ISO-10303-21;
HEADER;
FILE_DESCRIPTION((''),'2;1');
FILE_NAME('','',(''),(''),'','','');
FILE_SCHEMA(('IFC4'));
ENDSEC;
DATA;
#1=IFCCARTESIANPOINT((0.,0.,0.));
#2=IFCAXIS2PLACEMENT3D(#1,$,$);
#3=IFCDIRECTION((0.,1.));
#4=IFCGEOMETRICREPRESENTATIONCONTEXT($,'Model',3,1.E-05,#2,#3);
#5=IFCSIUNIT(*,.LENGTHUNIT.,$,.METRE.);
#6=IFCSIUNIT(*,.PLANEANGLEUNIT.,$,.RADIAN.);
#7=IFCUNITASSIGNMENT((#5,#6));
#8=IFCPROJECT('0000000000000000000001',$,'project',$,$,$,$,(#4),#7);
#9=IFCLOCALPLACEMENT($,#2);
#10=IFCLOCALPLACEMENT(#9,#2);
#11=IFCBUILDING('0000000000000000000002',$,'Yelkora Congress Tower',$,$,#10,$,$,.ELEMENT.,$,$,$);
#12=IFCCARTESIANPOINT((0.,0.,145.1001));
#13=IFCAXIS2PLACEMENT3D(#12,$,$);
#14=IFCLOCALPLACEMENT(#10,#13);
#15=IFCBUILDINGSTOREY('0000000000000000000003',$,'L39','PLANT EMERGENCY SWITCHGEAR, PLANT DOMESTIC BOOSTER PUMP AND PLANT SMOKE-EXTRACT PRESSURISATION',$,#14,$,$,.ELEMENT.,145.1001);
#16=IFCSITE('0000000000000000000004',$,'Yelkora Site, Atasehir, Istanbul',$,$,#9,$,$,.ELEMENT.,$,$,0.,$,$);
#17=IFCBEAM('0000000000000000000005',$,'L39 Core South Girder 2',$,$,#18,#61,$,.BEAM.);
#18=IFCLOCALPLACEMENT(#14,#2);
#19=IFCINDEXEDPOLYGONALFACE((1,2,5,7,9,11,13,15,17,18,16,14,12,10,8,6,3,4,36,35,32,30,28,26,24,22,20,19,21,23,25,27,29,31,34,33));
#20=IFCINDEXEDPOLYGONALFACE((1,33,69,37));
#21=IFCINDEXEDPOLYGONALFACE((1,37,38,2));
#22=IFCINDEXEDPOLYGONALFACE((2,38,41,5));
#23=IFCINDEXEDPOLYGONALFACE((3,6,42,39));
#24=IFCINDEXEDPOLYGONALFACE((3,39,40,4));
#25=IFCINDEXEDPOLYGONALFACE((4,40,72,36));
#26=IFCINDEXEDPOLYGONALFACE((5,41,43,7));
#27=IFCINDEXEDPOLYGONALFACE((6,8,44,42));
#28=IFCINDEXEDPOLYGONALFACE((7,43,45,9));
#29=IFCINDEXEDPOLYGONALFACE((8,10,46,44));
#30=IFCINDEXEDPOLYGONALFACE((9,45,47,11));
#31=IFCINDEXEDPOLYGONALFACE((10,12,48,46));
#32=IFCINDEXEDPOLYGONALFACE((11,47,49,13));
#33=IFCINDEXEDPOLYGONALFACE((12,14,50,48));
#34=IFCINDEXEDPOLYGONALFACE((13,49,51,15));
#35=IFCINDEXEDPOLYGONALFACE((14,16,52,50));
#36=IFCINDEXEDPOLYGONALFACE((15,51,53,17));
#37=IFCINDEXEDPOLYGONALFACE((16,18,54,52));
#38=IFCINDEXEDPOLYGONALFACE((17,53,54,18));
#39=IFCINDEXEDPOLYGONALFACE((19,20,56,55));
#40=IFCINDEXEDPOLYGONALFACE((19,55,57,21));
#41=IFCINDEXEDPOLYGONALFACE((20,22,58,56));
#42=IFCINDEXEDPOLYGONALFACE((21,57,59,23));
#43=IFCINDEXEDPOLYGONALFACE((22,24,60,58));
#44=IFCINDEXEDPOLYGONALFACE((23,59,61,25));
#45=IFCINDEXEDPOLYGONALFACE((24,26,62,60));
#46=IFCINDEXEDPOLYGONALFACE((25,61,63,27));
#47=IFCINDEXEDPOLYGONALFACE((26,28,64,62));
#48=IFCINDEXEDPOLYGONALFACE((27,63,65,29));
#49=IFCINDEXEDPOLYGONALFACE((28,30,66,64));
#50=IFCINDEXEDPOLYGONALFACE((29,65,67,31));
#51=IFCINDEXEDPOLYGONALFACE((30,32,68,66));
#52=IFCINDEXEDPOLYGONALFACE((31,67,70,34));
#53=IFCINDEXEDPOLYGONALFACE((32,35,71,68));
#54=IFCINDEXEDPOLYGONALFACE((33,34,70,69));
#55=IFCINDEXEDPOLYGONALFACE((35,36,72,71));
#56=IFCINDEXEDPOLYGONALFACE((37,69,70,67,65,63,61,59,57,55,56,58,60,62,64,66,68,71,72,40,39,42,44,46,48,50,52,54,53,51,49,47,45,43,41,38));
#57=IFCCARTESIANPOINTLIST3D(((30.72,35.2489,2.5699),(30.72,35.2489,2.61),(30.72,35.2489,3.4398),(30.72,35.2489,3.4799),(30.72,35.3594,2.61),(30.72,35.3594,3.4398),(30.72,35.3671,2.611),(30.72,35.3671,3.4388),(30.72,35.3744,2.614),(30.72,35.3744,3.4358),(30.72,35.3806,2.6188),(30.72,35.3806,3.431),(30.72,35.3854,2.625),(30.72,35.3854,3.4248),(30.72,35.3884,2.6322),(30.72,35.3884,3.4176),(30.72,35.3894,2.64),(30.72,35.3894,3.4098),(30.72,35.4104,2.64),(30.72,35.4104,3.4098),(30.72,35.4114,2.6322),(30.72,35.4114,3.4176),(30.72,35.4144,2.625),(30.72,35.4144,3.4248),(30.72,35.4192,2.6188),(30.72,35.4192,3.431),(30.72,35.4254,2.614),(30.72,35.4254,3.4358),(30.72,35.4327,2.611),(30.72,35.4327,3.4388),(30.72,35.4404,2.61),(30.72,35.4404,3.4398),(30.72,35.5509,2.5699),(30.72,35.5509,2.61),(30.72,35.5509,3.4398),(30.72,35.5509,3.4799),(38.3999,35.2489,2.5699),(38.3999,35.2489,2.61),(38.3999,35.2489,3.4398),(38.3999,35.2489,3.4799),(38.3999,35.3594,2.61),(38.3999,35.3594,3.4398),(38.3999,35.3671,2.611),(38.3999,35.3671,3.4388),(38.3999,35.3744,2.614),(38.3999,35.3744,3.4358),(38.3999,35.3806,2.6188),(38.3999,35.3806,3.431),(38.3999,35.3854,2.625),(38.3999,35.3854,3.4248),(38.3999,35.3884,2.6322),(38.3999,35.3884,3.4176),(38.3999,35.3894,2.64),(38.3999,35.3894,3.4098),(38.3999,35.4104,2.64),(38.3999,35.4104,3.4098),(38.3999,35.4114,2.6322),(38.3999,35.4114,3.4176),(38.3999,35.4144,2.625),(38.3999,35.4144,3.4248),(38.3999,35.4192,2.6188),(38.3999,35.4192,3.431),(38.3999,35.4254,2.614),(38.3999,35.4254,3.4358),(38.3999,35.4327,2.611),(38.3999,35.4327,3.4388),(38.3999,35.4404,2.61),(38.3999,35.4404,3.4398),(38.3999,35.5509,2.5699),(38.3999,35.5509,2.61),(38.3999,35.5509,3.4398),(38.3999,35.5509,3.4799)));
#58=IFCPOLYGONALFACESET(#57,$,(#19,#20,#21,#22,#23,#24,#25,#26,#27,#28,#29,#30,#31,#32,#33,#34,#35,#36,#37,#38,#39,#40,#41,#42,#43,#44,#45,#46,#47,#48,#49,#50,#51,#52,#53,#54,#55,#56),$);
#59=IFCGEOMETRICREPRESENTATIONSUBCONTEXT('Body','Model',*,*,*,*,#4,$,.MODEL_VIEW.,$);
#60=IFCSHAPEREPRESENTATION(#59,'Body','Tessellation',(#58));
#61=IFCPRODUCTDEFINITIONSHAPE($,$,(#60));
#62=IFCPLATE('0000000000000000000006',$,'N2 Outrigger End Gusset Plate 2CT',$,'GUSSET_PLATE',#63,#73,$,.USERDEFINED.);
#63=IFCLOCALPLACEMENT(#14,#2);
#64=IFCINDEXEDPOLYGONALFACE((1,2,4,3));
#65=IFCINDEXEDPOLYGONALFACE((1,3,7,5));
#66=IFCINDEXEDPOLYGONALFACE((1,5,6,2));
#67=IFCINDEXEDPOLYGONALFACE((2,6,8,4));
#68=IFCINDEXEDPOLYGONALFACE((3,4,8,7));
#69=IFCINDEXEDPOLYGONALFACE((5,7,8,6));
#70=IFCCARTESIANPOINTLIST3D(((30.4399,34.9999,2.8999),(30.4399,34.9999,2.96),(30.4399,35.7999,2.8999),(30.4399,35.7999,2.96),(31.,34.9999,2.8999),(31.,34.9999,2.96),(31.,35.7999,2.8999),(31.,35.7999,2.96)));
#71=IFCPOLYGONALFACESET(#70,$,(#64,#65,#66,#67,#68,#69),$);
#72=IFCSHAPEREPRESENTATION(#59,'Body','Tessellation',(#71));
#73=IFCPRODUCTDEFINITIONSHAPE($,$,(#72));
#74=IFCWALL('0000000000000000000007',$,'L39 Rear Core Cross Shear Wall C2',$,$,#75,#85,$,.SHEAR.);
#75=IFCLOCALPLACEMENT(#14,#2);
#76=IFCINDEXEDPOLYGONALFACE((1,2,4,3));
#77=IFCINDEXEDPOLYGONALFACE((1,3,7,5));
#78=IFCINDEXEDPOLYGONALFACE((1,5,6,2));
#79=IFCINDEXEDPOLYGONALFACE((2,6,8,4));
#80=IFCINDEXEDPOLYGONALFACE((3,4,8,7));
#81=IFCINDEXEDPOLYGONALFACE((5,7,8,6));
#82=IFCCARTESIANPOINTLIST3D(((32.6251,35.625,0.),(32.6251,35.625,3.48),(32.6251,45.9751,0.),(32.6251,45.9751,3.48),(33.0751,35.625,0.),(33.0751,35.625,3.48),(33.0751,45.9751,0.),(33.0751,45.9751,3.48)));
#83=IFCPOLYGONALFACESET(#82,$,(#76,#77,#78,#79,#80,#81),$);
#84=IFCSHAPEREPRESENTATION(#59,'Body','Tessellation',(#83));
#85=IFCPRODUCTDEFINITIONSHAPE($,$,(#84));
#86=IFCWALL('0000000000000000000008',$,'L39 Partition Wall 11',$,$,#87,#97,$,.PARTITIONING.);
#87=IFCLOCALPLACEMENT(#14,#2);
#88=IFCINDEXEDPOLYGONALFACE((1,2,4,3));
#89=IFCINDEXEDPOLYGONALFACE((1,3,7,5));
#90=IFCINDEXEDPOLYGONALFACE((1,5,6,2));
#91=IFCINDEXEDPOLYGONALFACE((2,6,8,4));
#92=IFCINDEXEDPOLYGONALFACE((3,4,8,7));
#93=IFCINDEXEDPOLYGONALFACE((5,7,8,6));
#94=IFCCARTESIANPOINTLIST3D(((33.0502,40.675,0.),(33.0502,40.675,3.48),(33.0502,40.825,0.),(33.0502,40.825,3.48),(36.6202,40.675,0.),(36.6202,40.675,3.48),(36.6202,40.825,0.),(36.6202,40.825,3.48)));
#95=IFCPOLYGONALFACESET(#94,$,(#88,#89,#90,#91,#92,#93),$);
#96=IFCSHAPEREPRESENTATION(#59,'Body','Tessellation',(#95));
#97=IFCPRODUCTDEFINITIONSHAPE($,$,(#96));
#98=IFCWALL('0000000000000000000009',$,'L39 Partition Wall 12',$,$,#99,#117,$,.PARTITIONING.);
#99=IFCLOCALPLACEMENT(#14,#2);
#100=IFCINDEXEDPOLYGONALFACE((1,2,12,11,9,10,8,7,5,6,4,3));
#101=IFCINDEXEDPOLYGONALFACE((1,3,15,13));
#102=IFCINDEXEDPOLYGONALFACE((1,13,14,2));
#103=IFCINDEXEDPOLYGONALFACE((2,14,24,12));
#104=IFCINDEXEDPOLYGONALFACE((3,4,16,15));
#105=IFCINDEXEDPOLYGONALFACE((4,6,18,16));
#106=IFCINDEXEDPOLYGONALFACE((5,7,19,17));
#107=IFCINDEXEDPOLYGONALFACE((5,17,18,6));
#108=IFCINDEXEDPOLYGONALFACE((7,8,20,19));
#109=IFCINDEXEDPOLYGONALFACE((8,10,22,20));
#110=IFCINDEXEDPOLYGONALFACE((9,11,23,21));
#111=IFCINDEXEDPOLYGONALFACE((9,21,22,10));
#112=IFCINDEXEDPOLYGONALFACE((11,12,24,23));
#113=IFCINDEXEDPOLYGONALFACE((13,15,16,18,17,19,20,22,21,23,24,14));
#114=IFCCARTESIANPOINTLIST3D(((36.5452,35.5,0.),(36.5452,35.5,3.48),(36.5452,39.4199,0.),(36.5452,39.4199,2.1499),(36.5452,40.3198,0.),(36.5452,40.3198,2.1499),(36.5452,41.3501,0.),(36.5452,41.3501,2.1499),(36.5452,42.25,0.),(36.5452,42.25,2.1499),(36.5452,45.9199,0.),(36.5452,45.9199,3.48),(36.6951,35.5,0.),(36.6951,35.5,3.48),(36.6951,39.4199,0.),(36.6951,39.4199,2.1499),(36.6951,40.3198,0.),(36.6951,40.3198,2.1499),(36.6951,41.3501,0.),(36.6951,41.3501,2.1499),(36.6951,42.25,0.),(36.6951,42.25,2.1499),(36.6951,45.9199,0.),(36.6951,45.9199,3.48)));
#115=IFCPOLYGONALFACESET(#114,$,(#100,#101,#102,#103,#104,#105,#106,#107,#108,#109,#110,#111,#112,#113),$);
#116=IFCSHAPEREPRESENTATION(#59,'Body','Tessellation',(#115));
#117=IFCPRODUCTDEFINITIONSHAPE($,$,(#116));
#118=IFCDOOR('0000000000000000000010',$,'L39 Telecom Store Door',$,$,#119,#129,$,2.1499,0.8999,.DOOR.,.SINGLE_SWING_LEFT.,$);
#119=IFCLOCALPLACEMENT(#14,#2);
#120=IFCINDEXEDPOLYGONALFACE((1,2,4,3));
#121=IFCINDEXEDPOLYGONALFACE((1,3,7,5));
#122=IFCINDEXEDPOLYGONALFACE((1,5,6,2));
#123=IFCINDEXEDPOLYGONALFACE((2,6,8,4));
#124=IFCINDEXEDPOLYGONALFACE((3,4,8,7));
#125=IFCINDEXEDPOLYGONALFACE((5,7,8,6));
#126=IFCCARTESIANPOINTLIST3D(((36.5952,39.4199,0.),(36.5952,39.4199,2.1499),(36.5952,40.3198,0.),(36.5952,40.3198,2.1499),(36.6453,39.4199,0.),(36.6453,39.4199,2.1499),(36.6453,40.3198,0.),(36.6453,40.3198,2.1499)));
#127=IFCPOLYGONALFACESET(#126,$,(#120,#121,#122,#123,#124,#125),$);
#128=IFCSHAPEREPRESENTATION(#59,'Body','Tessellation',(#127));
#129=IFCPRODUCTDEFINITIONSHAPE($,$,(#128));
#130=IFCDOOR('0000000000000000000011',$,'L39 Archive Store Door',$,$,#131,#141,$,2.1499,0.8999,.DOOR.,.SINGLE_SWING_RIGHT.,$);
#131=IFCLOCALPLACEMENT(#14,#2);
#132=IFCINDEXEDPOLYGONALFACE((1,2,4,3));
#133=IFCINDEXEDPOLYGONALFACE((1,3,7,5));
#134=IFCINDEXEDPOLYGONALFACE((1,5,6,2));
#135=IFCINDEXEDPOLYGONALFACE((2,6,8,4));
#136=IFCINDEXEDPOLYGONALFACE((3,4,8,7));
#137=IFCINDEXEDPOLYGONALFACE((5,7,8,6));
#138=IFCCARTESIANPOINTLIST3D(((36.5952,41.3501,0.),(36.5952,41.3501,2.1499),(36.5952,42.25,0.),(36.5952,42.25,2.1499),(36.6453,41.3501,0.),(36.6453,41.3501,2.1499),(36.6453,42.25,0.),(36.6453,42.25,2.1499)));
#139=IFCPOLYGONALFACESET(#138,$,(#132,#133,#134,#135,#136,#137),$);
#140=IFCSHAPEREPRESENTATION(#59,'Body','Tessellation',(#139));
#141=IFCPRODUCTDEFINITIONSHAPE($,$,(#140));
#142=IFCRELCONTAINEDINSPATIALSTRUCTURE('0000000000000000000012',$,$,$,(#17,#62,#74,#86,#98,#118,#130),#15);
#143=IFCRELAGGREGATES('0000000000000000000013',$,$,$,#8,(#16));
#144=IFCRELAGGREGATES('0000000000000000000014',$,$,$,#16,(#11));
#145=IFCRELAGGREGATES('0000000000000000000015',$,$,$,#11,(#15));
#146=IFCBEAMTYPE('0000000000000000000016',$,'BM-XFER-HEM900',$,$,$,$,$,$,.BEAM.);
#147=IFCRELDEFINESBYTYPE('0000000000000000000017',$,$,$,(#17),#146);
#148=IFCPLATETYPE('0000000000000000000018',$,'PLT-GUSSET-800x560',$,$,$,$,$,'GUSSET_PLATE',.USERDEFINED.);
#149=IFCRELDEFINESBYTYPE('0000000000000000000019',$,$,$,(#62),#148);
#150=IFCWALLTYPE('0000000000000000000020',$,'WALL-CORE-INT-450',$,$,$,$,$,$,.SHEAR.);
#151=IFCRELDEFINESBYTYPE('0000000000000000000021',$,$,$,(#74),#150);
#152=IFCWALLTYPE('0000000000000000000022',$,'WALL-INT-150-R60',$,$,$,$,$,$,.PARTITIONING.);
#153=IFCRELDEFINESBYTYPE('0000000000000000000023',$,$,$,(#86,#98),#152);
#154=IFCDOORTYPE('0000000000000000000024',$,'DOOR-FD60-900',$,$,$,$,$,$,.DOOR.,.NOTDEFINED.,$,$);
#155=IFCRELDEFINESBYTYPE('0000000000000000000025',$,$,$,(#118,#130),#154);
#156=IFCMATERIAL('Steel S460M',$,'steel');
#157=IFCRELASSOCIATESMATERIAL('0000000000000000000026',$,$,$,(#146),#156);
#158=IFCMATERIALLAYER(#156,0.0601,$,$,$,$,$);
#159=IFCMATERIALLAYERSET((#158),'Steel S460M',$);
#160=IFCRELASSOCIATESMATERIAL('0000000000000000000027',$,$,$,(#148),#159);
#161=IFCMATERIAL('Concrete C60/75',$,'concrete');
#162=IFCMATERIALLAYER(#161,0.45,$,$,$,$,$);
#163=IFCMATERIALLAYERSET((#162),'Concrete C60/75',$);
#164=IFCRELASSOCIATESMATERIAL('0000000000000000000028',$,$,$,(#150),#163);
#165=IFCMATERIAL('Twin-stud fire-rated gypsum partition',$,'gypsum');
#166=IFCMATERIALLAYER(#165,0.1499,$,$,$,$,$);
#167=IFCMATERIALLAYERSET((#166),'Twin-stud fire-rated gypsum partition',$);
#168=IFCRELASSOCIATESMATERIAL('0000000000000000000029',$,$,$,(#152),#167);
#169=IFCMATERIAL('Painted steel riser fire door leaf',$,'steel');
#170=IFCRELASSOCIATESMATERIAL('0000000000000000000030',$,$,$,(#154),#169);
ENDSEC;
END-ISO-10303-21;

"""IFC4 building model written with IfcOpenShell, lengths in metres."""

from ifc_helpers import new_model, si_unit, direction, frame, frame_2d, origin, origin_2d, place, context, subcontext, project, spatial, rectangle, i_section, extrude, material, layer, layer_set, material_profile, profile_set, type_object, element, fill, save


model = new_model("IFC4")

# Units and contexts
model_context = context("Model", 3, precision=1e-05, world=origin(), true_north=direction((0.0, 1.0)))
body_context = subcontext(model_context, "Body", "Model", "MODEL_VIEW")
ifc_project = project(units=[si_unit("LENGTHUNIT", "METRE"), si_unit("PLANEANGLEUNIT", "RADIAN")], contexts=[model_context])

# Site, building, storey
site_placement = place(None, origin())
site = spatial("IfcSite", under=ifc_project, at=site_placement, Name="Yelkora Site, Atasehir, Istanbul", CompositionType="ELEMENT", RefElevation=0.0)
building_placement = place(site_placement, origin())
building = spatial("IfcBuilding", under=site, at=building_placement, Name="Yelkora Congress Tower", CompositionType="ELEMENT")
storey_placement = place(building_placement, frame((0.0, 0.0, 145.1001)))
storey = spatial("IfcBuildingStorey", under=building, at=storey_placement, Name="L39", Description="PLANT EMERGENCY SWITCHGEAR, PLANT DOMESTIC BOOSTER PUMP AND PLANT SMOKE-EXTRACT PRESSURISATION", CompositionType="ELEMENT", Elevation=145.1001)

# Shared definitions
ifc_material_1 = material(Name="Steel S460M", Category="steel")

# Beam
ifc_material_profile_1 = material_profile(ifc_material_1, i_section(OverallWidth=0.302, OverallDepth=0.9099, WebThickness=0.021, FlangeThickness=0.04, FilletRadius=0.03, at=origin_2d()), Name="HEM 900")
ifc_profile_set_1 = profile_set([ifc_material_profile_1], Name="Steel S460M")
beam_type = type_object("IfcBeamType", Name="BM-XFER-HEM900", PredefinedType="BEAM", material=ifc_profile_set_1)
for number, where, z_axis, x_axis, name in (
    (1, (30.72, 35.3999, 3.0249), (1.0, 0.0, 0.0), (0.0, 1.0, 0.0), "L39 Core South Girder 2"),
):
    element("IfcBeam", number, at=place(storey_placement, frame(where, z_axis=z_axis, x_axis=x_axis)), inside=storey, type_object=beam_type, Name=name, PredefinedType="BEAM", context=body_context, shape_type="SweptSolid", body=[
        extrude(i_section(OverallWidth=0.302, OverallDepth=0.9099, WebThickness=0.021, FlangeThickness=0.04, FilletRadius=0.03, at=origin_2d()), origin(), (0.0, 0.0, 1.0), 7.6799),
    ])

# Plate
ifc_layer_1 = layer(ifc_material_1, 0.0601)
ifc_layer_set_1 = layer_set([ifc_layer_1], Name="Steel S460M")
plate_type = type_object("IfcPlateType", Name="PLT-GUSSET-800x560", ElementType="GUSSET_PLATE", PredefinedType="USERDEFINED", material=ifc_layer_set_1)
plate_placement = place(storey_placement, frame((30.72, 35.3999, 2.8999), z_axis=(0.0, 0.0, 1.0), x_axis=(0.0, 1.0, 0.0)))
element("IfcPlate", 2, at=plate_placement, inside=storey, type_object=plate_type, Name="N2 Outrigger End Gusset Plate 2CT", ObjectType="GUSSET_PLATE", PredefinedType="USERDEFINED", context=body_context, shape_type="SweptSolid", body=[
    extrude(rectangle(XDim=0.8, YDim=0.5601, at=origin_2d()), origin(), (0.0, 0.0, 1.0), 0.0601),
])

# Shared definitions
ifc_material_2 = material(Name="Concrete C60/75", Category="concrete")
ifc_layer_2 = layer(ifc_material_2, 0.45)
ifc_layer_set_2 = layer_set([ifc_layer_2], Name="Concrete C60/75")
wall_type_1 = type_object("IfcWallType", Name="WALL-CORE-INT-450", PredefinedType="SHEAR", material=ifc_layer_set_2)

# Walls
wall_1_placement = place(storey_placement, frame((32.8501, 35.625, 0.0), z_axis=(0.0, 0.0, 1.0), x_axis=(0.0, 1.0, 0.0)))
element("IfcWall", 3, at=wall_1_placement, inside=storey, type_object=wall_type_1, Name="L39 Rear Core Cross Shear Wall C2", PredefinedType="SHEAR", context=body_context, shape_type="SweptSolid", body=[
    extrude(rectangle(XDim=10.3501, YDim=0.45, at=frame_2d((5.175, 0.0))), origin(), (0.0, 0.0, 1.0), 3.48),
])
ifc_material_3 = material(Name="Twin-stud fire-rated gypsum partition", Category="gypsum")
ifc_layer_3 = layer(ifc_material_3, 0.1499)
ifc_layer_set_3 = layer_set([ifc_layer_3], Name="Twin-stud fire-rated gypsum partition")
wall_type_2 = type_object("IfcWallType", Name="WALL-INT-150-R60", PredefinedType="PARTITIONING", material=ifc_layer_set_3)
wall_2_placement = place(storey_placement, frame((33.05, 40.75, 0.0), z_axis=(0.0, 0.0, 1.0), x_axis=(1.0, 0.0, 0.0)))
element("IfcWall", 4, at=wall_2_placement, inside=storey, type_object=wall_type_2, Name="L39 Partition Wall 11", PredefinedType="PARTITIONING", context=body_context, shape_type="SweptSolid", body=[
    extrude(rectangle(XDim=3.5701, YDim=0.1499, at=frame_2d((1.7852, 0.0))), origin(), (0.0, 0.0, 1.0), 3.48),
])

# Wall, openings, doors
wall_3_placement = place(storey_placement, frame((36.6201, 35.5, 0.0), z_axis=(0.0, 0.0, 1.0), x_axis=(0.0, 1.0, 0.0)))
wall_3 = element("IfcWall", 5, at=wall_3_placement, inside=storey, type_object=wall_type_2, Name="L39 Partition Wall 12", PredefinedType="PARTITIONING", context=body_context, shape_type="SweptSolid", body=[
    extrude(rectangle(XDim=10.4199, YDim=0.1499, at=frame_2d((5.21, 0.0))), origin(), (0.0, 0.0, 1.0), 3.48),
])
opening_1_placement = place(wall_3_placement, frame((3.9199, 0.0, 0.0)))
opening_1 = element("IfcOpeningElement", 6, at=opening_1_placement, cuts=wall_3, PredefinedType="OPENING", context=body_context, shape_type="SweptSolid", body=[
    extrude(rectangle(XDim=0.8999, YDim=2.1499, at=frame_2d((0.45, 1.075))), frame((0.0, 0.085, 0.0), z_axis=(0.0, -1.0, 0.0), x_axis=(1.0, 0.0, 0.0)), (0.0, 0.0, 1.0), 0.1699),
])
opening_2_placement = place(wall_3_placement, frame((5.8501, 0.0, 0.0)))
opening_2 = element("IfcOpeningElement", 7, at=opening_2_placement, cuts=wall_3, PredefinedType="OPENING", context=body_context, shape_type="SweptSolid", body=[
    extrude(rectangle(XDim=0.8999, YDim=2.1499, at=frame_2d((0.45, 1.075))), frame((0.0, 0.085, 0.0), z_axis=(0.0, -1.0, 0.0), x_axis=(1.0, 0.0, 0.0)), (0.0, 0.0, 1.0), 0.1699),
])
ifc_material_4 = material(Name="Painted steel riser fire door leaf", Category="steel")
door_type_1 = type_object("IfcDoorType", Name="DOOR-FD60-900", OperationType="NOTDEFINED", PredefinedType="DOOR", material=ifc_material_4)
door_1_placement = place(opening_1_placement, origin())
door_1 = element("IfcDoor", 8, at=door_1_placement, inside=storey, type_object=door_type_1, Name="L39 Telecom Store Door", OperationType="SINGLE_SWING_LEFT", OverallHeight=2.1499, OverallWidth=0.8999, PredefinedType="DOOR", context=body_context, shape_type="SweptSolid", body=[
    extrude(rectangle(XDim=0.8999, YDim=2.1499, at=frame_2d((0.45, 1.075))), frame((0.0, 0.0249, 0.0), z_axis=(0.0, -1.0, 0.0), x_axis=(1.0, 0.0, 0.0)), (0.0, 0.0, 1.0), 0.05),
])
fill(opening_1, door_1)
door_2_placement = place(opening_2_placement, origin())
door_2 = element("IfcDoor", 9, at=door_2_placement, inside=storey, type_object=door_type_1, Name="L39 Archive Store Door", OperationType="SINGLE_SWING_RIGHT", OverallHeight=2.1499, OverallWidth=0.8999, PredefinedType="DOOR", context=body_context, shape_type="SweptSolid", body=[
    extrude(rectangle(XDim=0.8999, YDim=2.1499, at=frame_2d((0.45, 1.075))), frame((0.0, 0.0249, 0.0), z_axis=(0.0, -1.0, 0.0), x_axis=(1.0, 0.0, 0.0)), (0.0, 0.0, 1.0), 0.05),
])
fill(opening_2, door_2)

save(model, "model.ifc")
